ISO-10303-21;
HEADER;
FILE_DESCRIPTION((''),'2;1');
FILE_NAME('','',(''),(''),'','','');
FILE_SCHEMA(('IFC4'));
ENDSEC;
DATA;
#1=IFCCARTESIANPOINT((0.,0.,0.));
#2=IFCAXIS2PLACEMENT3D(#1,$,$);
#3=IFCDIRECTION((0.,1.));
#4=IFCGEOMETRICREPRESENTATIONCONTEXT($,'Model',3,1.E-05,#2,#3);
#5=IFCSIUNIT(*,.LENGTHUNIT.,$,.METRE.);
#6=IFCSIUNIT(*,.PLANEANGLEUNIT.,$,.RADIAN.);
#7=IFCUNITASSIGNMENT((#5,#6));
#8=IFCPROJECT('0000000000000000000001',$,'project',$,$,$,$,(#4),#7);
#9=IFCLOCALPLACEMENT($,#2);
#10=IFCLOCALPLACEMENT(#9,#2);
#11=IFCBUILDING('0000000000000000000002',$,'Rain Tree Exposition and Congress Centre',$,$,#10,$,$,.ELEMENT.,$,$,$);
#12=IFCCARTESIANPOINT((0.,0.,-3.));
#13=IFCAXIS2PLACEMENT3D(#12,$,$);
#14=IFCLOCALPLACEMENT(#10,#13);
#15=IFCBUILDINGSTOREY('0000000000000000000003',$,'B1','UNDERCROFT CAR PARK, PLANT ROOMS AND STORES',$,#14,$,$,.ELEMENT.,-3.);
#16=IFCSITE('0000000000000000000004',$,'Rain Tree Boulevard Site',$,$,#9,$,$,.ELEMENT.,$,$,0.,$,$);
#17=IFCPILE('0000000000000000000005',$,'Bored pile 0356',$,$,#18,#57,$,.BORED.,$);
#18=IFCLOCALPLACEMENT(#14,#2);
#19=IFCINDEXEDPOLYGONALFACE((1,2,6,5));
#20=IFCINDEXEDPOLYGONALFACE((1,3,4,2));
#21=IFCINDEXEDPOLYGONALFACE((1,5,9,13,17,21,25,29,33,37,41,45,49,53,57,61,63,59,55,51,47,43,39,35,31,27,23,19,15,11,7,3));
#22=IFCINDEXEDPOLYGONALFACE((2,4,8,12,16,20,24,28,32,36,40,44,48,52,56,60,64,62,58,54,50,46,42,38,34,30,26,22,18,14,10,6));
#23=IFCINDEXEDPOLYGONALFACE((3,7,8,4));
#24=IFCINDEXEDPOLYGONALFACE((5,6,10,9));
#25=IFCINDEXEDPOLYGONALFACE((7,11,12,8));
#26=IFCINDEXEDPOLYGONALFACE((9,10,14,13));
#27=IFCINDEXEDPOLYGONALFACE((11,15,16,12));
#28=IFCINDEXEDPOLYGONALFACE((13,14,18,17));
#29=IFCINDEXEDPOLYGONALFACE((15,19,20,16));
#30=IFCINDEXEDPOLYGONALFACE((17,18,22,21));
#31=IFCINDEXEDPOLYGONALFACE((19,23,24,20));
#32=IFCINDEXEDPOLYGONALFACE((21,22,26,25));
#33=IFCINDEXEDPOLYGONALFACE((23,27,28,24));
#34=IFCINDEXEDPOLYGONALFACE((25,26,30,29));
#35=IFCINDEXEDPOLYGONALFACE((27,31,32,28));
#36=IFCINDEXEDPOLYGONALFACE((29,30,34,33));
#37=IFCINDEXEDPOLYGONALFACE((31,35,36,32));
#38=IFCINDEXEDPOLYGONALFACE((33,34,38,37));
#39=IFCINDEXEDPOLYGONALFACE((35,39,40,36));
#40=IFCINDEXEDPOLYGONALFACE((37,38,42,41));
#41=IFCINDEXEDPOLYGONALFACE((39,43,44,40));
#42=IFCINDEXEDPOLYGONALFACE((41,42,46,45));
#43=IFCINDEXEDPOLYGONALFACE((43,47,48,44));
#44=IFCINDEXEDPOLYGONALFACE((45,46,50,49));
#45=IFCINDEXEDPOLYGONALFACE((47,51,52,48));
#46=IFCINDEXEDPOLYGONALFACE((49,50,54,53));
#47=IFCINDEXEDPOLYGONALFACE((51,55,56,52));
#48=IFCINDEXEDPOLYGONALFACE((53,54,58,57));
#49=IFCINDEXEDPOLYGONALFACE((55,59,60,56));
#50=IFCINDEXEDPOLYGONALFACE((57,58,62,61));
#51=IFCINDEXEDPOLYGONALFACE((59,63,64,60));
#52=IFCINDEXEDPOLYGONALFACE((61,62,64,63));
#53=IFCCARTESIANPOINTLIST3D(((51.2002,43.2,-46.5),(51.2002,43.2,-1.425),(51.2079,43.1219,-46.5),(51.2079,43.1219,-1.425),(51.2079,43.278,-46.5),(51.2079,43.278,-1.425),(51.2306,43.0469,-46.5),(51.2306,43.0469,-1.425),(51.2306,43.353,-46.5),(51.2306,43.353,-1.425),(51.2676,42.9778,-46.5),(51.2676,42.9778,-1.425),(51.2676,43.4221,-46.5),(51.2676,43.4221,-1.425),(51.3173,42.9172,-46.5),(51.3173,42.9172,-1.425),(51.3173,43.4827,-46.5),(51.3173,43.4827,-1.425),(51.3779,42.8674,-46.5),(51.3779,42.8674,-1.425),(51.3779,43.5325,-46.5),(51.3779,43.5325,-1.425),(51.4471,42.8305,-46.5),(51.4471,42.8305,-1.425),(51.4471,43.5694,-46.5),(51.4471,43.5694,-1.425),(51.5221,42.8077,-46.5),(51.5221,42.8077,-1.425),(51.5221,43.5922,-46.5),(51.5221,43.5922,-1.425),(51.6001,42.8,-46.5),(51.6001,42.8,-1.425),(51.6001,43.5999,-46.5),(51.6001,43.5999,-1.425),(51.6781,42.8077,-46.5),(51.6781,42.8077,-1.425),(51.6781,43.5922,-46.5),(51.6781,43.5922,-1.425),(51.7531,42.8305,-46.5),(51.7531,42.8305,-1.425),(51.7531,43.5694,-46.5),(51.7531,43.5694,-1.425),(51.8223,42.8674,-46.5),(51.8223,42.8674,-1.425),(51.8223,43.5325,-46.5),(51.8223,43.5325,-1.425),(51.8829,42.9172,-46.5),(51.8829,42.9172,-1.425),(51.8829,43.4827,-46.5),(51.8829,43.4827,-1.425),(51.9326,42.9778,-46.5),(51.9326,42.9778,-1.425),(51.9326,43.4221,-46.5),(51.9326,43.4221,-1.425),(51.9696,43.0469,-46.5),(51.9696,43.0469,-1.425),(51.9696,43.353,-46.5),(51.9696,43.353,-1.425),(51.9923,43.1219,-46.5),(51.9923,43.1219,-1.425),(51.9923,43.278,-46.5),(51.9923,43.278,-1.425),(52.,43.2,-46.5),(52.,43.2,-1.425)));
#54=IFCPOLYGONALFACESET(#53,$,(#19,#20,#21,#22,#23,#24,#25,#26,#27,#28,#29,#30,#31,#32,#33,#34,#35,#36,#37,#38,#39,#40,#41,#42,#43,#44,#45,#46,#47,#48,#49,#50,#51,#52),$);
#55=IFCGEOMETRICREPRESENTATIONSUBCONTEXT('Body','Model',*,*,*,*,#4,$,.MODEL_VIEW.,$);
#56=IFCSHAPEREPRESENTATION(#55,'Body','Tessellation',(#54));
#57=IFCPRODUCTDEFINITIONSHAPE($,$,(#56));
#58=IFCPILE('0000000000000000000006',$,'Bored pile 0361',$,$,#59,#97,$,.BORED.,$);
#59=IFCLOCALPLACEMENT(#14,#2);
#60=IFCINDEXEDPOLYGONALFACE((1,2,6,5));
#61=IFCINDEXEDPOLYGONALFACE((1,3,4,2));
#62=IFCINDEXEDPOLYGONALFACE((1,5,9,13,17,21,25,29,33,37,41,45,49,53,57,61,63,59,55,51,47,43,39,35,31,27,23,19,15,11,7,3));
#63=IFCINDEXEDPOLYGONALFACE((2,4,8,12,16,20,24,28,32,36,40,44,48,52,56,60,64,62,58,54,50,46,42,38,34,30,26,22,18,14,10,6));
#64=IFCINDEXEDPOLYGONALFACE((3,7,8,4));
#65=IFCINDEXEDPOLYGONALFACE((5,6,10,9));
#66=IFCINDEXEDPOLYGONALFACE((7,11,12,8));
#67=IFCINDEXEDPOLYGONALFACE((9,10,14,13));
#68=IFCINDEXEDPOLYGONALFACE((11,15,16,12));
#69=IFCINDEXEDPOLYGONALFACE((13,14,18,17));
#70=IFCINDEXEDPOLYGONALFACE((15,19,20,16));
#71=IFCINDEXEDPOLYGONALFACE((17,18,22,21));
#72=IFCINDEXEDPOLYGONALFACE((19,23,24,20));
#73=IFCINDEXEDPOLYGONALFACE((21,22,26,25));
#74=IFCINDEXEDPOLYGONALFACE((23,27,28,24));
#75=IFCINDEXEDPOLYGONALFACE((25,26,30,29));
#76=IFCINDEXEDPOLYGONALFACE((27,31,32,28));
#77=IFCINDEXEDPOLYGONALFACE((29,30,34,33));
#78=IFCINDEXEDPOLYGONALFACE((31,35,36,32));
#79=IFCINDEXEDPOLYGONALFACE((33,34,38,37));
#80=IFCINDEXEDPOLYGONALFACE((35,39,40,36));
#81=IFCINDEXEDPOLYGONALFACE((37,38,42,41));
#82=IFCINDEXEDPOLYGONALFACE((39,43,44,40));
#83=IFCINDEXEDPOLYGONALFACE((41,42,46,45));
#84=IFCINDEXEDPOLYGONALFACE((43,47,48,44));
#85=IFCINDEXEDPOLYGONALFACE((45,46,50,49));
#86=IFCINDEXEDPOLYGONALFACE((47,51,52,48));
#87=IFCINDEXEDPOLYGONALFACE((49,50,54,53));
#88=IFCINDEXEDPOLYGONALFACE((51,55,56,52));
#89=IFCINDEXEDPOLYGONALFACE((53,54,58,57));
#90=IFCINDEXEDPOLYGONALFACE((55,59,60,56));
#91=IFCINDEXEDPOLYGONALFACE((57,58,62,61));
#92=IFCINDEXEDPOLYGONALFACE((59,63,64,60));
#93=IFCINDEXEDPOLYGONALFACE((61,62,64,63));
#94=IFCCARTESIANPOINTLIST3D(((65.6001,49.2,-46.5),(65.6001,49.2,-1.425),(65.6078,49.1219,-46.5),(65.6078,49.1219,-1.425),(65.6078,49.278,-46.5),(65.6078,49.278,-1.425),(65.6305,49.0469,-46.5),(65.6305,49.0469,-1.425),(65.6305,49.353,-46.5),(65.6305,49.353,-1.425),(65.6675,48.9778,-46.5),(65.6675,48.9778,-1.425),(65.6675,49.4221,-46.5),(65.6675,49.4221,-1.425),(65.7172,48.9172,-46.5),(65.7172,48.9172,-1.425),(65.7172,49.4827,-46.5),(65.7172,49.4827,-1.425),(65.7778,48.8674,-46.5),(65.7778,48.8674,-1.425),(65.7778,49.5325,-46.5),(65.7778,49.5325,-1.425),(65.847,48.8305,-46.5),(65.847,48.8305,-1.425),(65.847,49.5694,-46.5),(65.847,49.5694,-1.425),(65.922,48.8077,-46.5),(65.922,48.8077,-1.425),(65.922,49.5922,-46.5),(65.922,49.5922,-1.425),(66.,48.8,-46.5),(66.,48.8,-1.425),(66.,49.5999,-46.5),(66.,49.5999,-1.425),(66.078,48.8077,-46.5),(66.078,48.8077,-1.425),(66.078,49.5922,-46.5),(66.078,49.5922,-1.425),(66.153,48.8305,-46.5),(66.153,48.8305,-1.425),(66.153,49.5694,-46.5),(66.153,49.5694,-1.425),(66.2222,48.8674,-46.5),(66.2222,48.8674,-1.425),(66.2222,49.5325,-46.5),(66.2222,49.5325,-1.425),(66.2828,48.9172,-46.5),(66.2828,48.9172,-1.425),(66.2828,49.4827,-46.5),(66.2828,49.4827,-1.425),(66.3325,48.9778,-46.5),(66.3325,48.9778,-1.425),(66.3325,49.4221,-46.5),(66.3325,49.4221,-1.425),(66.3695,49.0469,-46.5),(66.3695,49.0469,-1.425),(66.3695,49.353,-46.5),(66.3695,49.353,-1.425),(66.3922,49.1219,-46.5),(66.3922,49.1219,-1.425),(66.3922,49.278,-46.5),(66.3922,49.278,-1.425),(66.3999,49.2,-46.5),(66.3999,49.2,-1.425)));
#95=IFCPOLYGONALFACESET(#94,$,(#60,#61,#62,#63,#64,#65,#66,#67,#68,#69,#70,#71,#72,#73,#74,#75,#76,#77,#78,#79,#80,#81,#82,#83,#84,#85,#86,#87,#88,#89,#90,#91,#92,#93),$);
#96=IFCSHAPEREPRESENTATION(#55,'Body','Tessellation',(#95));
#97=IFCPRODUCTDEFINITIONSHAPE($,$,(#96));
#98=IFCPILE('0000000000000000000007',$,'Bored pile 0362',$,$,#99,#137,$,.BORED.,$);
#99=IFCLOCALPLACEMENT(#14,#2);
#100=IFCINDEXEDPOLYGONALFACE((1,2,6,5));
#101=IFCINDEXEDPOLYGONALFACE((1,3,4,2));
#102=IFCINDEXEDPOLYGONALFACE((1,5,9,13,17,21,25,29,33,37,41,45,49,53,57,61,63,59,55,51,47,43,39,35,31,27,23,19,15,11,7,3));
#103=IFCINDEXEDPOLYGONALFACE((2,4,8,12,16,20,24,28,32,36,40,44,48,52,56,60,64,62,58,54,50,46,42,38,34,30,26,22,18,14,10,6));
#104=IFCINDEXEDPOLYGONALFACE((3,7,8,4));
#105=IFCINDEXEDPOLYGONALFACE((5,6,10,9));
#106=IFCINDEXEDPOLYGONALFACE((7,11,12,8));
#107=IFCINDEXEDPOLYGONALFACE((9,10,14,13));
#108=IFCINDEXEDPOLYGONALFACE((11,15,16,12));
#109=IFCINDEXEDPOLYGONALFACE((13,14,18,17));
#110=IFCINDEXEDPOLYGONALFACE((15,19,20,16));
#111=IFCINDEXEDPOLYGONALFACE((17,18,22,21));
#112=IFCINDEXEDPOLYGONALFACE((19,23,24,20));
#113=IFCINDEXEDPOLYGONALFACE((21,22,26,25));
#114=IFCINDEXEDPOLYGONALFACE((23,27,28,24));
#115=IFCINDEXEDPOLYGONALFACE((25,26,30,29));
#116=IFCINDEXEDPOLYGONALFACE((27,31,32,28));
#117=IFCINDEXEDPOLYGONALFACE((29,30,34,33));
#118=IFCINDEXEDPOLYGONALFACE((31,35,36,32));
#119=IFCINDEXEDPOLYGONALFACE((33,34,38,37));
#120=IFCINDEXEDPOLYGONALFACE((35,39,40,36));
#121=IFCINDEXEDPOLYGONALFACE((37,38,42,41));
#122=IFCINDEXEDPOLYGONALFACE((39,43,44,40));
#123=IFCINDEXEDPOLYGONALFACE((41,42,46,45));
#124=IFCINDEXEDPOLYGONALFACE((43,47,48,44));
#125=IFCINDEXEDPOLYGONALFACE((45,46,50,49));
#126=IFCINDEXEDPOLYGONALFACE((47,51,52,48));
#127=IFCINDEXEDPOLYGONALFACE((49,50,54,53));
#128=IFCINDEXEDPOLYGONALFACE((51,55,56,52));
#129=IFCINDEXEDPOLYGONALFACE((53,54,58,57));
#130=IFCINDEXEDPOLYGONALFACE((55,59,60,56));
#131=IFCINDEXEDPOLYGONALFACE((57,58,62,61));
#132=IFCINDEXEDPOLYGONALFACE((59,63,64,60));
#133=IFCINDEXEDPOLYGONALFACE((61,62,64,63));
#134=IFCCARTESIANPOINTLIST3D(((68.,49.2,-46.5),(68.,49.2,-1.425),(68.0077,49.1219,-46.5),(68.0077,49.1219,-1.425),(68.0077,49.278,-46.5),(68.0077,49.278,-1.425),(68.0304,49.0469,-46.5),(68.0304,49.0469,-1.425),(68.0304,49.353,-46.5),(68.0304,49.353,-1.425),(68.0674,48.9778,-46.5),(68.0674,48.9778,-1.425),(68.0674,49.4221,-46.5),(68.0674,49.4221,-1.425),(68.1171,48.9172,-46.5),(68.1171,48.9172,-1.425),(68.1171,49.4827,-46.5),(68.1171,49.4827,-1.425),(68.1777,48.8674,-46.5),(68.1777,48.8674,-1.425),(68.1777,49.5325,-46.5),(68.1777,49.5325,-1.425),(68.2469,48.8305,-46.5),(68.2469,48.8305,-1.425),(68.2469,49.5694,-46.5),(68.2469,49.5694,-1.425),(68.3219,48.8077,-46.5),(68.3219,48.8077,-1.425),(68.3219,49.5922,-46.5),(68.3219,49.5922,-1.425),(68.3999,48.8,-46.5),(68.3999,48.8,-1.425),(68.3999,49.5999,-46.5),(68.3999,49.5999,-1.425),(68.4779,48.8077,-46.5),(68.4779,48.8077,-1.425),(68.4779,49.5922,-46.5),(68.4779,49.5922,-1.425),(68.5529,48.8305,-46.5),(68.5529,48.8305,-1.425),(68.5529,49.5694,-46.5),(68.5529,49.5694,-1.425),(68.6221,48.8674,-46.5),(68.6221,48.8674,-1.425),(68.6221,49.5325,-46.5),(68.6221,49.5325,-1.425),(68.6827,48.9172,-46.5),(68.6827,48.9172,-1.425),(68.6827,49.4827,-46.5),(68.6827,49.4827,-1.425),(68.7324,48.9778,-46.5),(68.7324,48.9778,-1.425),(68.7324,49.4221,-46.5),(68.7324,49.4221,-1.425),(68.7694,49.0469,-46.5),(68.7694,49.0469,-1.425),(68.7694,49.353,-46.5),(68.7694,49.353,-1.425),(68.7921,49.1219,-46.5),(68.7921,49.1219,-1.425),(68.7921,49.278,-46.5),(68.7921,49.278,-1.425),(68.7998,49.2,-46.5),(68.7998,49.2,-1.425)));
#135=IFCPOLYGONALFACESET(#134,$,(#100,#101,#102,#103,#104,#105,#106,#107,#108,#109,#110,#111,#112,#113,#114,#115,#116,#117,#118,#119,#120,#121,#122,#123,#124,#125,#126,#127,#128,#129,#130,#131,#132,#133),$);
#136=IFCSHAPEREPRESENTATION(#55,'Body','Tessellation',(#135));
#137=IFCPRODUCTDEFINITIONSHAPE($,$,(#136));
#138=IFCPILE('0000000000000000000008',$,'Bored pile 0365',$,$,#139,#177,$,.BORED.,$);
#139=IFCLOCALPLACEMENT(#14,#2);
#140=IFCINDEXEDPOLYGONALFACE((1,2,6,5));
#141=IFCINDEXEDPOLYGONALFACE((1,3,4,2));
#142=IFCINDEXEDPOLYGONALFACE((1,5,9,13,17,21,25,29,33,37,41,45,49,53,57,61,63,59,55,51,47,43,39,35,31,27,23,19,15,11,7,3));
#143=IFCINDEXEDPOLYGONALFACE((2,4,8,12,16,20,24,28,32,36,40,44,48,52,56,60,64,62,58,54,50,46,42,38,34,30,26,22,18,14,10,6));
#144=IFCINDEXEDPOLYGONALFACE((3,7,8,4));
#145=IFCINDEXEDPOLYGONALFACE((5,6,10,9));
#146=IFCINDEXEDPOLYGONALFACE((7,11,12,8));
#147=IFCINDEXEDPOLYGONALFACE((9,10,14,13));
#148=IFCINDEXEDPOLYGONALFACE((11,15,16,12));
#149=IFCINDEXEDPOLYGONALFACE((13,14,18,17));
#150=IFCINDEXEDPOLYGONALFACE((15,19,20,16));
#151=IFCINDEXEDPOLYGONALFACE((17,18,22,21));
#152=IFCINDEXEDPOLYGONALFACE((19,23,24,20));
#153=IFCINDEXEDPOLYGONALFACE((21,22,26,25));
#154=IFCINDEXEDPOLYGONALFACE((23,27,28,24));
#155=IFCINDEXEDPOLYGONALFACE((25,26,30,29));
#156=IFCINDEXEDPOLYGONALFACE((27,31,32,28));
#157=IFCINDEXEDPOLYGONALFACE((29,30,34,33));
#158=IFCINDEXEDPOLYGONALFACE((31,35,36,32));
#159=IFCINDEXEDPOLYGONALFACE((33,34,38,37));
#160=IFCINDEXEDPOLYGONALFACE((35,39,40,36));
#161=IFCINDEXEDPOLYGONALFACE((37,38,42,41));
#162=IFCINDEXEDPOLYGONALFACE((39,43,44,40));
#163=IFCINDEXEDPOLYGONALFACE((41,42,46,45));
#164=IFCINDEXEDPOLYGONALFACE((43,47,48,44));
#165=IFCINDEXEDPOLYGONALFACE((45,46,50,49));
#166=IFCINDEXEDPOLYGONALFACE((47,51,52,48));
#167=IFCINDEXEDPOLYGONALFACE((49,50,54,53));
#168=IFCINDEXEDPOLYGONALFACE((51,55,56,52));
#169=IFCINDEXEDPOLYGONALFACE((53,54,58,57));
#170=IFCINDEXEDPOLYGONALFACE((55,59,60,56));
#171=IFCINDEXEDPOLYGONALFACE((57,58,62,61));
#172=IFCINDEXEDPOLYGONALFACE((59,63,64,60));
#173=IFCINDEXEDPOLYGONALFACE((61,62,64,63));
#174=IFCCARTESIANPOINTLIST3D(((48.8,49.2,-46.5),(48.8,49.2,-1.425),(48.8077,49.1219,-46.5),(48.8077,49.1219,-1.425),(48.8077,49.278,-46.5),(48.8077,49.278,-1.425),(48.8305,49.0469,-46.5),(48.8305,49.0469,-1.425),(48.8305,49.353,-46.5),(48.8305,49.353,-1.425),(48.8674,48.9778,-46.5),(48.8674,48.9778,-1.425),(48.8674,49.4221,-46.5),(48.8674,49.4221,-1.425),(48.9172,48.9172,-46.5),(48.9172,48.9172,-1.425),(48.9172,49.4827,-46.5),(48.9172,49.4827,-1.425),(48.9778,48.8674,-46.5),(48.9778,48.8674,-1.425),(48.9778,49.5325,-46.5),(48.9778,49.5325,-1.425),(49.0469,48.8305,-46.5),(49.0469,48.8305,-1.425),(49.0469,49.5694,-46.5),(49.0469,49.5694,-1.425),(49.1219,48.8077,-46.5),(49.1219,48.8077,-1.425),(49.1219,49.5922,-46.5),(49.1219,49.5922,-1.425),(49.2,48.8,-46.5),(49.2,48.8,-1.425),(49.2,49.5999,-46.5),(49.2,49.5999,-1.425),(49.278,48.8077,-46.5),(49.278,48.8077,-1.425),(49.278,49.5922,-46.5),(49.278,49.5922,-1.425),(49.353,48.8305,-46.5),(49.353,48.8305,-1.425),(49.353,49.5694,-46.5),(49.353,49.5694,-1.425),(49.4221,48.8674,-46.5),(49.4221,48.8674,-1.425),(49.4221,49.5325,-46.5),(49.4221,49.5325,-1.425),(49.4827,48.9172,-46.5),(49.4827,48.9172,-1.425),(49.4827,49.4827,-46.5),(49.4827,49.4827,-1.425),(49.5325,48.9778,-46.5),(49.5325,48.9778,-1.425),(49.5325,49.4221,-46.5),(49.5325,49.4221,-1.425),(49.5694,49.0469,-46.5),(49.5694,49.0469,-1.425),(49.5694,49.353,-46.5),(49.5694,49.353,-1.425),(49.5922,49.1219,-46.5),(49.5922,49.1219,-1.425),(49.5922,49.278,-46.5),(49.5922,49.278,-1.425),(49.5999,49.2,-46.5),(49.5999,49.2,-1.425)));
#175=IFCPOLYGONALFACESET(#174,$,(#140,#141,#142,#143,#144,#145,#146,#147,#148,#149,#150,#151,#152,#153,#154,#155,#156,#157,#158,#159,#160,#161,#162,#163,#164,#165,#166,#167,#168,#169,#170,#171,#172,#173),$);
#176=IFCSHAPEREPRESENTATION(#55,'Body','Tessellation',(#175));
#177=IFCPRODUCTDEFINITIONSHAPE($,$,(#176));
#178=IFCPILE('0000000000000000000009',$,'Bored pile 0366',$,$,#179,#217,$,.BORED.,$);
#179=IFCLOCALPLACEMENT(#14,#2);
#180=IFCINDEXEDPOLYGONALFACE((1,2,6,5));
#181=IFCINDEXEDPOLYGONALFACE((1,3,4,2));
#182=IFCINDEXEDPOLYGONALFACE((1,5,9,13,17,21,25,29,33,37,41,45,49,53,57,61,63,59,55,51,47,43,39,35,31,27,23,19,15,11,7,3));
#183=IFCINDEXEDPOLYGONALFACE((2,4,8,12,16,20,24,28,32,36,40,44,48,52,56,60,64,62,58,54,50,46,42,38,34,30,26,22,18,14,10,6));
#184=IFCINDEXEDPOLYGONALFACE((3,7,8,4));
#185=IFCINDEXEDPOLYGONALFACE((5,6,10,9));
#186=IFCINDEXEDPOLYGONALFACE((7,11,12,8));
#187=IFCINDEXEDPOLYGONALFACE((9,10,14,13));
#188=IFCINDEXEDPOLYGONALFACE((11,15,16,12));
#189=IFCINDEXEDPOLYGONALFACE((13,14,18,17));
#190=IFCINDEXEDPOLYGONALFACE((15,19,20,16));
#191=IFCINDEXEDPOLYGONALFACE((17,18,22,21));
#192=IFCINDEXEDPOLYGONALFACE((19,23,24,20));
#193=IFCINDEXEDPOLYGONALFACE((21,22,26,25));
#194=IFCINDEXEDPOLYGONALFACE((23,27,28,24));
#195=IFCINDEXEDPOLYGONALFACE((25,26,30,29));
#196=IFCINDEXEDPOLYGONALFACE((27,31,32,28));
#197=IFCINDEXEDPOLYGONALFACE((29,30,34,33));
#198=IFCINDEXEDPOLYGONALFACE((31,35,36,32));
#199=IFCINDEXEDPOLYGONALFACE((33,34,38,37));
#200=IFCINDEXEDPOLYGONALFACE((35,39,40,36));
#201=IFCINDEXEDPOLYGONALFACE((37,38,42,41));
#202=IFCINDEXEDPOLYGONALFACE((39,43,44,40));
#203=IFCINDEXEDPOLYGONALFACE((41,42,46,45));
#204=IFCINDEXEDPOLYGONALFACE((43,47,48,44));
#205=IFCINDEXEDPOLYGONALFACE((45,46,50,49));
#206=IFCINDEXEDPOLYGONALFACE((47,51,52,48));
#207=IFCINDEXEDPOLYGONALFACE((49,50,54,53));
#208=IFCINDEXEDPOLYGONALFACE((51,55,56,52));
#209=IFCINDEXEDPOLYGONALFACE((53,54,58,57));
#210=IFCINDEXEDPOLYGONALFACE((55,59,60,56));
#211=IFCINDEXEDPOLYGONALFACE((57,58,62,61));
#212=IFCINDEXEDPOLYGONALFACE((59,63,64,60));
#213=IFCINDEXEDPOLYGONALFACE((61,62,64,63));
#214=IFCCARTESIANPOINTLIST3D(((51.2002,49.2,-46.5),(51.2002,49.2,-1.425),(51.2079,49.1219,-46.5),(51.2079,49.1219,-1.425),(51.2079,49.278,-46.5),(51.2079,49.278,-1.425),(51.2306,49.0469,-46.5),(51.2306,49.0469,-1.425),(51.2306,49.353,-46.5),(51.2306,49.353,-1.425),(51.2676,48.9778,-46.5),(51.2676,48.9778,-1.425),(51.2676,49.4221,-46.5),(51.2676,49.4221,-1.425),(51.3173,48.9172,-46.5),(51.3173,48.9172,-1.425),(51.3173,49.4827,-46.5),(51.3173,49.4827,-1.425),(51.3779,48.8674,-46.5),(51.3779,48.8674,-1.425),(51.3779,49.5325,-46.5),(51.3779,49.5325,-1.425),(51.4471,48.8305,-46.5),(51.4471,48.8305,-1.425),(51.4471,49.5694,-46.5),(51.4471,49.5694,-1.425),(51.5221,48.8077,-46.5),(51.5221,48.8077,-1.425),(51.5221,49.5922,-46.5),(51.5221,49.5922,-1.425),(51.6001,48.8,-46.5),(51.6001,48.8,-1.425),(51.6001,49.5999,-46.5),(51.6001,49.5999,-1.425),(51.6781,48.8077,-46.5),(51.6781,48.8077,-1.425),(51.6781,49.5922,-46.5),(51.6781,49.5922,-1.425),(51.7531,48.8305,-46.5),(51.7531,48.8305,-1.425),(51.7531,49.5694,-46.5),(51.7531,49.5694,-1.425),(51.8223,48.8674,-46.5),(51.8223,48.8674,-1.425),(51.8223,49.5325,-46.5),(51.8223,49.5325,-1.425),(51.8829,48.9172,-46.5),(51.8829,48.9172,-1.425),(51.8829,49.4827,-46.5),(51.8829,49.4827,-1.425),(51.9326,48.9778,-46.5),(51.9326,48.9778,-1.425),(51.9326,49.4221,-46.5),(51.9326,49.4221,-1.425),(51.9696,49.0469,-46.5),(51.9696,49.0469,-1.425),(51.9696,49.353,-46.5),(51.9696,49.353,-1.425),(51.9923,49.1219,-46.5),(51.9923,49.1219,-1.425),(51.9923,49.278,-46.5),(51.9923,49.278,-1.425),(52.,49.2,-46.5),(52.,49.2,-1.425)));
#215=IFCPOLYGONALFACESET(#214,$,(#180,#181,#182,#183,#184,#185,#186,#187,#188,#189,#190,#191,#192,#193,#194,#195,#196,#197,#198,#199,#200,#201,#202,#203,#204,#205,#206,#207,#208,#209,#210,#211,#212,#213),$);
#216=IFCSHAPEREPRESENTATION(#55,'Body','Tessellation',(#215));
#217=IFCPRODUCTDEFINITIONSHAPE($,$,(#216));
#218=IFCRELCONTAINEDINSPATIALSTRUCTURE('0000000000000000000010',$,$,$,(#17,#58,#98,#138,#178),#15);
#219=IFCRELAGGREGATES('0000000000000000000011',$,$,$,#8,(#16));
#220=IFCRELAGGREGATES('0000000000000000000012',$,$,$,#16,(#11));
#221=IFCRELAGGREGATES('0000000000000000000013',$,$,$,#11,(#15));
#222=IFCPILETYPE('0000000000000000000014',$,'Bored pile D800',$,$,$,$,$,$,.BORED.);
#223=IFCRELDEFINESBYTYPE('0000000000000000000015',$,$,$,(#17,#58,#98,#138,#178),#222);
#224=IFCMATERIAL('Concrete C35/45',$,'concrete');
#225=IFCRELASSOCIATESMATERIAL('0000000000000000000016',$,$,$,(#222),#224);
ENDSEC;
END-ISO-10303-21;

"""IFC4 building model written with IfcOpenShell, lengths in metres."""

from ifc_helpers import new_model, si_unit, direction, frame, origin, origin_2d, place, context, subcontext, project, spatial, circle, extrude, material, material_profile, profile_set, type_object, element, save


model = new_model("IFC4")

# Units and contexts
model_context = context("Model", 3, precision=1e-05, world=origin(), true_north=direction((0.0, 1.0)))
body_context = subcontext(model_context, "Body", "Model", "MODEL_VIEW")
ifc_project = project(units=[si_unit("LENGTHUNIT", "METRE"), si_unit("PLANEANGLEUNIT", "RADIAN")], contexts=[model_context])

# Site, building, storey
site_placement = place(None, origin())
site = spatial("IfcSite", under=ifc_project, at=site_placement, Name="Rain Tree Boulevard Site", CompositionType="ELEMENT", RefElevation=0.0)
building_placement = place(site_placement, origin())
building = spatial("IfcBuilding", under=site, at=building_placement, Name="Rain Tree Exposition and Congress Centre", CompositionType="ELEMENT")
storey_placement = place(building_placement, frame((0.0, 0.0, -3.0)))
storey = spatial("IfcBuildingStorey", under=building, at=storey_placement, Name="B1", Description="UNDERCROFT CAR PARK, PLANT ROOMS AND STORES", CompositionType="ELEMENT", Elevation=-3.0)

# Piles
ifc_material_1 = material(Name="Concrete C35/45", Category="concrete")
ifc_material_profile_1 = material_profile(ifc_material_1, circle(Radius=0.3999, at=origin_2d()), Name="D800")
ifc_profile_set_1 = profile_set([ifc_material_profile_1], Name="Concrete C35/45")
pile_type = type_object("IfcPileType", Name="Bored pile D800", PredefinedType="BORED", material=ifc_profile_set_1)
for number, where, z_axis, x_axis, name in (
    (1, (51.6001, 43.2, -1.425), (0.0, 0.0, -1.0), (1.0, 0.0, 0.0), "Bored pile 0356"),
    (2, (66.0, 49.2, -1.425), (0.0, 0.0, -1.0), (1.0, 0.0, 0.0), "Bored pile 0361"),
    (3, (68.3999, 49.2, -1.425), (0.0, 0.0, -1.0), (1.0, 0.0, 0.0), "Bored pile 0362"),
    (4, (49.2, 49.2, -1.425), (0.0, 0.0, -1.0), (1.0, 0.0, 0.0), "Bored pile 0365"),
    (5, (51.6001, 49.2, -1.425), (0.0, 0.0, -1.0), (1.0, 0.0, 0.0), "Bored pile 0366"),
):
    element("IfcPile", number, at=place(storey_placement, frame(where, z_axis=z_axis, x_axis=x_axis)), inside=storey, type_object=pile_type, Name=name, PredefinedType="BORED", context=body_context, shape_type="SweptSolid", body=[
        extrude(circle(Radius=0.3999, at=origin_2d()), origin(), (0.0, 0.0, 1.0), 45.075),
    ])

save(model, "model.ifc")
